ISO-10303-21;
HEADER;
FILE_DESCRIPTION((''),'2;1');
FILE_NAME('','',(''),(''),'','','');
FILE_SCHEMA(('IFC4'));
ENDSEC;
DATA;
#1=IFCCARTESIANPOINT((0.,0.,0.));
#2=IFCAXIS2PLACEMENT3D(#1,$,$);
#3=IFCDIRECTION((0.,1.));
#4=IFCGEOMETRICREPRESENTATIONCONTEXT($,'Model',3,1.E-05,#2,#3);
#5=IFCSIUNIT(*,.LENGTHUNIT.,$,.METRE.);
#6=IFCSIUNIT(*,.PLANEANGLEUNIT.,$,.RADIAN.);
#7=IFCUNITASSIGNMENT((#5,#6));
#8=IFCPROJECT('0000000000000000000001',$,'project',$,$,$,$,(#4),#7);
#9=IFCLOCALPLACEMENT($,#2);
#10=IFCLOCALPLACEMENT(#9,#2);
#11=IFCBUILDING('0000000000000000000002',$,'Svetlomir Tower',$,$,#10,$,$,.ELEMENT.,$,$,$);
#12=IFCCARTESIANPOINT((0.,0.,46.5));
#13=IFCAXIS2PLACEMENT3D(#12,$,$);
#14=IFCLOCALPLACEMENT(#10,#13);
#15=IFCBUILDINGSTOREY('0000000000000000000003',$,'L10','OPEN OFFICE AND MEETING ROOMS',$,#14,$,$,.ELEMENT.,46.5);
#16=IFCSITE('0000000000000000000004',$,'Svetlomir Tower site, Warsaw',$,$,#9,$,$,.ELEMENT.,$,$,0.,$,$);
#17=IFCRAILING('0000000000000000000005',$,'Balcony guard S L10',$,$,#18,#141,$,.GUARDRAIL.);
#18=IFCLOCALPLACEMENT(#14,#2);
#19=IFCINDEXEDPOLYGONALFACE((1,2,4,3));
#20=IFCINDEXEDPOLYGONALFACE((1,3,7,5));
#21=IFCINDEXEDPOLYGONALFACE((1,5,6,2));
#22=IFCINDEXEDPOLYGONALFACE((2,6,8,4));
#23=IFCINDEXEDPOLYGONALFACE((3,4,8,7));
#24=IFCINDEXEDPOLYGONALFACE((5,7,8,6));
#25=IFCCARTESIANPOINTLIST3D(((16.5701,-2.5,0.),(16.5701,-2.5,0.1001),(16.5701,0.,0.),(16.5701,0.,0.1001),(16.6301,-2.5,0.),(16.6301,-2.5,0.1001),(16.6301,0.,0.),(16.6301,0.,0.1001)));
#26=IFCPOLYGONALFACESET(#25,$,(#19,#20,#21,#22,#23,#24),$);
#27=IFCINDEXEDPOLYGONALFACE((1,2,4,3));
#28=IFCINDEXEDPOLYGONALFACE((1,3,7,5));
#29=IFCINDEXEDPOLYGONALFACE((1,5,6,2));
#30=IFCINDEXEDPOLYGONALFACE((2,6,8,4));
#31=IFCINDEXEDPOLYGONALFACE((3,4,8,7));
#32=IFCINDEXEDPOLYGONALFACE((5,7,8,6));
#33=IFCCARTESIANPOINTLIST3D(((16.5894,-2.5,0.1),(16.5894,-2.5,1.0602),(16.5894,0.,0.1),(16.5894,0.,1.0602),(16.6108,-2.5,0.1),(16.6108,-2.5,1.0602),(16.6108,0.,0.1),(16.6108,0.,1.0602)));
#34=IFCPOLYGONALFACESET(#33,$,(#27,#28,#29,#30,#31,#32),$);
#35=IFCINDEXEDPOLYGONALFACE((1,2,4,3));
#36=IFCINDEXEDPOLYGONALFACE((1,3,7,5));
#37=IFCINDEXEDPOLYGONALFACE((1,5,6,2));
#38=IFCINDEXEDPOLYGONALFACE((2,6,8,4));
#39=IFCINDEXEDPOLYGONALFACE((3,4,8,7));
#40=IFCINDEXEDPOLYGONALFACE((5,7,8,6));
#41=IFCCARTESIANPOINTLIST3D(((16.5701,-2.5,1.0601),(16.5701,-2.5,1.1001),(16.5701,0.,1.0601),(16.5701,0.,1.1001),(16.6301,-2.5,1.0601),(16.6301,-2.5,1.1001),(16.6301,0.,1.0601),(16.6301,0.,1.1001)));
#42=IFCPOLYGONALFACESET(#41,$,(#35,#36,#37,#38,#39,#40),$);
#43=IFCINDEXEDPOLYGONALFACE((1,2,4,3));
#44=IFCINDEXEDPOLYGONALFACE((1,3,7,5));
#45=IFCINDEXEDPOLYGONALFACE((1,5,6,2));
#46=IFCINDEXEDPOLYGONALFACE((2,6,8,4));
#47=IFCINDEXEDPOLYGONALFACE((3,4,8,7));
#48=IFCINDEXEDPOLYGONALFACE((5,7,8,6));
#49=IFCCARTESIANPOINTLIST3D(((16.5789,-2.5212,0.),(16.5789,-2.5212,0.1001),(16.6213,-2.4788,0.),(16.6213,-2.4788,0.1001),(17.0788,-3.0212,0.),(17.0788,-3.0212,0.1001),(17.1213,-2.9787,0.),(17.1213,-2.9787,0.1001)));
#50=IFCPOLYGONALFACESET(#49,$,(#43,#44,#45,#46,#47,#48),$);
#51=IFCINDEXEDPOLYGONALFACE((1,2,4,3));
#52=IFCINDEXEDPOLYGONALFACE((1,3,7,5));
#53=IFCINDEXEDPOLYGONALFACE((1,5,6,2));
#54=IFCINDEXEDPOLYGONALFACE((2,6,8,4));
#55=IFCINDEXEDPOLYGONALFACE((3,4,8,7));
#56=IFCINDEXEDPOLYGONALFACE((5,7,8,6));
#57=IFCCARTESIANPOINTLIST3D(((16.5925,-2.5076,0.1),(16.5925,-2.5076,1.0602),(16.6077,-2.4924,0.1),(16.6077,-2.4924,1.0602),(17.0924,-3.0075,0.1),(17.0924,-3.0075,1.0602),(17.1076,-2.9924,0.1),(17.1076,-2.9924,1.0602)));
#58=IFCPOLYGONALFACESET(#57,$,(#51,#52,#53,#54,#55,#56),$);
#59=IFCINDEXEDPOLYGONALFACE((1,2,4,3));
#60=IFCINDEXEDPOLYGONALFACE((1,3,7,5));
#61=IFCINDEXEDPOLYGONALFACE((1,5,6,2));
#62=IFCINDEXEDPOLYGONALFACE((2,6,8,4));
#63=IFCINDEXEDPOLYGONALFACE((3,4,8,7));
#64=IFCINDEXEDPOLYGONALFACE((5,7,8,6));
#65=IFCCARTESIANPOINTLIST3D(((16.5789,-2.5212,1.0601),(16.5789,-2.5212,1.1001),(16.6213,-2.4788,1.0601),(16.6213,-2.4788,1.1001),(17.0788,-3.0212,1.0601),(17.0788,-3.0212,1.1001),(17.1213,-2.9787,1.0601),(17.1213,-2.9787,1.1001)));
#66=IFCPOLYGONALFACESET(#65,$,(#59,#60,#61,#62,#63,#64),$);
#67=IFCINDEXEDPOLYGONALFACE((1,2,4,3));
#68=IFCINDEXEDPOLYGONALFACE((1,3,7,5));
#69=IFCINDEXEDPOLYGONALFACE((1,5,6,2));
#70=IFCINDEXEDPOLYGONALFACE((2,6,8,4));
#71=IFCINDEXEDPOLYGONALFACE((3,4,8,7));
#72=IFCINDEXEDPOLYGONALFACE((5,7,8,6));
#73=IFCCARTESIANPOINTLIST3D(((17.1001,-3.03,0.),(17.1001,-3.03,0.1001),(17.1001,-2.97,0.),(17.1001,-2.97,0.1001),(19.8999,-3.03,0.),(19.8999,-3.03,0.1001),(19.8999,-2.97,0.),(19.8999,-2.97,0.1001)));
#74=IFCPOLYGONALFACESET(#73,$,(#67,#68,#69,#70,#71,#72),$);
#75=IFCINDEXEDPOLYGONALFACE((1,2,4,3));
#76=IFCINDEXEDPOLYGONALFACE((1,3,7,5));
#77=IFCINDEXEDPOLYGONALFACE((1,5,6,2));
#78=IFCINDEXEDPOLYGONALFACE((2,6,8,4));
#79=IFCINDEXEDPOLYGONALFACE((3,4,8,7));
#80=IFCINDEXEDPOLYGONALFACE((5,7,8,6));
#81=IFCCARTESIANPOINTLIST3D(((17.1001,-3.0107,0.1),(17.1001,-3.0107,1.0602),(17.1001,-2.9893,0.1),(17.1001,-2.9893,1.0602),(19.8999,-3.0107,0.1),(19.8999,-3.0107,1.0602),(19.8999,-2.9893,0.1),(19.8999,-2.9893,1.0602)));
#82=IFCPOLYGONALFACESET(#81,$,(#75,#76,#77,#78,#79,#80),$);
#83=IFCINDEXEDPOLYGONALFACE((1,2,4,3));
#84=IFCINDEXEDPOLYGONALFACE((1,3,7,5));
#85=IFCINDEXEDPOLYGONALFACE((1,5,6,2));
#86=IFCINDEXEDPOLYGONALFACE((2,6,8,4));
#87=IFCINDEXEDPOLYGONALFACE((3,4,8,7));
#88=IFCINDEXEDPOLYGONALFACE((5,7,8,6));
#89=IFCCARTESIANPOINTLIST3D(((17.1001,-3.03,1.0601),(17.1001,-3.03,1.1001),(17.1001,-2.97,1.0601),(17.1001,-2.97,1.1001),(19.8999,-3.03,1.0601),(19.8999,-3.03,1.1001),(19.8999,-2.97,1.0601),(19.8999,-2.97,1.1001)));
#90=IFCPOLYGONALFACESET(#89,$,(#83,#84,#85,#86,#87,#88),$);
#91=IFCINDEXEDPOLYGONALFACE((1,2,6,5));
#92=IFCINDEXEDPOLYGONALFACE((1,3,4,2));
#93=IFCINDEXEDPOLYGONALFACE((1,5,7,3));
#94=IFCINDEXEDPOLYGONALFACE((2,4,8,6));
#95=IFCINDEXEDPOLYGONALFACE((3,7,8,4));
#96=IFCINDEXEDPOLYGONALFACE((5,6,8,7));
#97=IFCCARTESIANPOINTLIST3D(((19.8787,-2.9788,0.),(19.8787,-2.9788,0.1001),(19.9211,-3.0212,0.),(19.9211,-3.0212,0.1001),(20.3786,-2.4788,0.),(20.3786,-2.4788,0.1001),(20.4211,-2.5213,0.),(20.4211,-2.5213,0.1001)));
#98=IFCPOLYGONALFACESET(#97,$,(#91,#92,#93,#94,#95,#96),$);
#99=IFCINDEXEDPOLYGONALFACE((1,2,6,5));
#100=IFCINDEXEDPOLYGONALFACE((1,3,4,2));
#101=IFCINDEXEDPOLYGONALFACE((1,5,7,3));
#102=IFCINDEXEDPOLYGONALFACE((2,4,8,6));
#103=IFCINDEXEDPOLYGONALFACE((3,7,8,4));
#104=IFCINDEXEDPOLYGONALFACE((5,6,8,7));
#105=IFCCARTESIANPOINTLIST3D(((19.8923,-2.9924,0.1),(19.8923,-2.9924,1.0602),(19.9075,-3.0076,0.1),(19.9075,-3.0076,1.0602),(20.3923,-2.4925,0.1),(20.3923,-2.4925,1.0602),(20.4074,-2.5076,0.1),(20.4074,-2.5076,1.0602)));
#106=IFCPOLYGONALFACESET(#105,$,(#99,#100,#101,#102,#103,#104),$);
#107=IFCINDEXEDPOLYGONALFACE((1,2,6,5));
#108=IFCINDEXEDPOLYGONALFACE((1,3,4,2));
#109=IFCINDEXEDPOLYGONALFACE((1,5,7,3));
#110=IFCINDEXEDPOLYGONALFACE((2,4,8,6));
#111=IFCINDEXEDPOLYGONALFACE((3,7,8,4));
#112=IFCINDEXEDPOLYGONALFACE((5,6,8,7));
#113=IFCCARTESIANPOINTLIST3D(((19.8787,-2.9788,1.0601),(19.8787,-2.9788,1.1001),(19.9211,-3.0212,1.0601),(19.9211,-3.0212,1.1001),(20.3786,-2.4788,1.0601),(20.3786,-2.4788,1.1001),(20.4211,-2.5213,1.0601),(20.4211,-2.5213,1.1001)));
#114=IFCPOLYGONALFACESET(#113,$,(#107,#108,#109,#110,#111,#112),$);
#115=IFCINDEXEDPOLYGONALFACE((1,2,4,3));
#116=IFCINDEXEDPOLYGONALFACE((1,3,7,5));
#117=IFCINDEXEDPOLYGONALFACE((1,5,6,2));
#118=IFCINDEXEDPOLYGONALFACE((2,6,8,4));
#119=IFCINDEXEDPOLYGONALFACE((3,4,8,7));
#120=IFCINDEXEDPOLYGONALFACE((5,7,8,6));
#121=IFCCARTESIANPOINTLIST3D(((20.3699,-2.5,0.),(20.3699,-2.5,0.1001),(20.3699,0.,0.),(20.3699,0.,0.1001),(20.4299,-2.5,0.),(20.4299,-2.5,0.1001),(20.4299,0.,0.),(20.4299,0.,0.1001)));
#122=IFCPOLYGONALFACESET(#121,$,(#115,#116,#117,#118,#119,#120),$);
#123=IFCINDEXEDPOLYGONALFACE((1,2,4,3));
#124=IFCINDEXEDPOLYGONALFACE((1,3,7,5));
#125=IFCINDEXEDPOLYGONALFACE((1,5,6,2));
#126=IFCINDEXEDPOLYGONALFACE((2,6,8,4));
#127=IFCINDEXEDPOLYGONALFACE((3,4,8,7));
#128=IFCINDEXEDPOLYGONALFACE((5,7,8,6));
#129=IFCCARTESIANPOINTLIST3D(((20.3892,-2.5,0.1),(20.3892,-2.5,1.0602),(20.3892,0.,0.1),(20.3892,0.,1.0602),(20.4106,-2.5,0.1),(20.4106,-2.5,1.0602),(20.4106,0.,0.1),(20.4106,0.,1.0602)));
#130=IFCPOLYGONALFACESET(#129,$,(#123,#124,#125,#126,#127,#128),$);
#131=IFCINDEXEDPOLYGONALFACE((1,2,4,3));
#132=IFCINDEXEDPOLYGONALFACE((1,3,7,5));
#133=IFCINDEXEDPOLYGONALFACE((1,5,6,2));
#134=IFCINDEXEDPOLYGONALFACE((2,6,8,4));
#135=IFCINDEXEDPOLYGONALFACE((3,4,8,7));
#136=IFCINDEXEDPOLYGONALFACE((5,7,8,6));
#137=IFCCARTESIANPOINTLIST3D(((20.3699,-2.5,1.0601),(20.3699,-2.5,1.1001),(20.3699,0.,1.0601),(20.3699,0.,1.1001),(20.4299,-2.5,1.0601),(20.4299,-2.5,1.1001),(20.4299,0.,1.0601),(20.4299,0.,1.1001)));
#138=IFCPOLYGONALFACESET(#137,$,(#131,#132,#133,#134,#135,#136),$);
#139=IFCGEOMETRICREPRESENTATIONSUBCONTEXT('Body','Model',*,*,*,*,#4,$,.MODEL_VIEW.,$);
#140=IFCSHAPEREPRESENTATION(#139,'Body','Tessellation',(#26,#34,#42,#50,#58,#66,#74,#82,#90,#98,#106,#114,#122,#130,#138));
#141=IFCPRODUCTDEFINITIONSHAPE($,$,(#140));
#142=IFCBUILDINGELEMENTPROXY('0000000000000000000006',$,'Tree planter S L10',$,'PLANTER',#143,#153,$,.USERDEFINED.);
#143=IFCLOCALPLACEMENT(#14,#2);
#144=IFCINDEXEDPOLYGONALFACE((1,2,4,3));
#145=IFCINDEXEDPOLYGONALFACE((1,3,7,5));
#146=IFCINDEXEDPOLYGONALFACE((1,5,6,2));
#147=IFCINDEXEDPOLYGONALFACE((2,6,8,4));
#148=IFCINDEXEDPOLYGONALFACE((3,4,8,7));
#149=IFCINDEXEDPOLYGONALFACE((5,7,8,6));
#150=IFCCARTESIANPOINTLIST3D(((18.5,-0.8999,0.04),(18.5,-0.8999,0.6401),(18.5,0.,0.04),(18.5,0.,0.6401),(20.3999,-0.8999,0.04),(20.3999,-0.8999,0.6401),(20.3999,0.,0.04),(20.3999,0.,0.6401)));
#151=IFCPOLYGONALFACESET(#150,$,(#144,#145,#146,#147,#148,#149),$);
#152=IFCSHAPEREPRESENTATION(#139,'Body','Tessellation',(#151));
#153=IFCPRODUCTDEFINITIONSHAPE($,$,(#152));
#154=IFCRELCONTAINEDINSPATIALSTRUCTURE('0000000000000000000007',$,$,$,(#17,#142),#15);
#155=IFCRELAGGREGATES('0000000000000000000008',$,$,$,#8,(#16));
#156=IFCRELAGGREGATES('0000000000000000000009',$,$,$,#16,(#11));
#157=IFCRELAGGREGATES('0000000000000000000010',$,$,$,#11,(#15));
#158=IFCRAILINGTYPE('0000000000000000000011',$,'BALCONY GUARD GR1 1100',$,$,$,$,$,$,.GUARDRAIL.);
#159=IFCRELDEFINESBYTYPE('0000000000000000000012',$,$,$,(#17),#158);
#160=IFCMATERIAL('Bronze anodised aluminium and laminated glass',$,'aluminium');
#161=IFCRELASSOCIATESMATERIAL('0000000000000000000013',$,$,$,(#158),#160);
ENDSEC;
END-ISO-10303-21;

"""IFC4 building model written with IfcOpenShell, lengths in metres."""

from ifc_helpers import new_model, si_unit, direction, frame, origin, origin_2d, place, context, subcontext, project, spatial, rectangle, extrude, material, type_object, element, save


model = new_model("IFC4")

# Units and contexts
model_context = context("Model", 3, precision=1e-05, world=origin(), true_north=direction((0.0, 1.0)))
body_context = subcontext(model_context, "Body", "Model", "MODEL_VIEW")
ifc_project = project(units=[si_unit("LENGTHUNIT", "METRE"), si_unit("PLANEANGLEUNIT", "RADIAN")], contexts=[model_context])

# Site, building, storey
site_placement = place(None, origin())
site = spatial("IfcSite", under=ifc_project, at=site_placement, Name="Svetlomir Tower site, Warsaw", CompositionType="ELEMENT", RefElevation=0.0)
building_placement = place(site_placement, origin())
building = spatial("IfcBuilding", under=site, at=building_placement, Name="Svetlomir Tower", CompositionType="ELEMENT")
storey_placement = place(building_placement, frame((0.0, 0.0, 46.5)))
storey = spatial("IfcBuildingStorey", under=building, at=storey_placement, Name="L10", Description="OPEN OFFICE AND MEETING ROOMS", CompositionType="ELEMENT", Elevation=46.5)

# Railing
ifc_material_1 = material(Name="Bronze anodised aluminium and laminated glass", Category="aluminium")
railing_type = type_object("IfcRailingType", Name="BALCONY GUARD GR1 1100", PredefinedType="GUARDRAIL", material=ifc_material_1)
railing_placement = place(storey_placement, frame((16.6001, 0.0, 0.0)))
element("IfcRailing", 1, at=railing_placement, inside=storey, type_object=railing_type, Name="Balcony guard S L10", PredefinedType="GUARDRAIL", context=body_context, shape_type="SweptSolid", body=[
    extrude(rectangle(XDim=0.0601, YDim=0.1001, at=origin_2d()), frame((0.0, 0.0, 0.05), z_axis=(0.0, -1.0, 0.0), x_axis=(1.0, 0.0, 0.0)), (0.0, 0.0, 1.0), 2.5),
    extrude(rectangle(XDim=0.0215, YDim=0.9602, at=origin_2d()), frame((0.0, 0.0, 0.5801), z_axis=(0.0, -1.0, 0.0), x_axis=(1.0, 0.0, 0.0)), (0.0, 0.0, 1.0), 2.5),
    extrude(rectangle(XDim=0.0601, YDim=0.04, at=origin_2d()), frame((0.0, 0.0, 1.0801), z_axis=(0.0, -1.0, 0.0), x_axis=(1.0, 0.0, 0.0)), (0.0, 0.0, 1.0), 2.5),
    extrude(rectangle(XDim=0.0601, YDim=0.1001, at=origin_2d()), frame((0.0, -2.5, 0.05), z_axis=(0.707107, -0.707107, 0.0), x_axis=(0.707107, 0.707107, 0.0)), (0.0, 0.0, 1.0), 0.707),
    extrude(rectangle(XDim=0.0215, YDim=0.9602, at=origin_2d()), frame((0.0, -2.5, 0.5801), z_axis=(0.707107, -0.707107, 0.0), x_axis=(0.707107, 0.707107, 0.0)), (0.0, 0.0, 1.0), 0.707),
    extrude(rectangle(XDim=0.0601, YDim=0.04, at=origin_2d()), frame((0.0, -2.5, 1.0801), z_axis=(0.707107, -0.707107, 0.0), x_axis=(0.707107, 0.707107, 0.0)), (0.0, 0.0, 1.0), 0.707),
    extrude(rectangle(XDim=0.0601, YDim=0.1001, at=origin_2d()), frame((0.5, -3.0, 0.05), z_axis=(1.0, 0.0, 0.0), x_axis=(0.0, 1.0, 0.0)), (0.0, 0.0, 1.0), 2.7998),
    extrude(rectangle(XDim=0.0215, YDim=0.9602, at=origin_2d()), frame((0.5, -3.0, 0.5801), z_axis=(1.0, 0.0, 0.0), x_axis=(0.0, 1.0, 0.0)), (0.0, 0.0, 1.0), 2.7998),
    extrude(rectangle(XDim=0.0601, YDim=0.04, at=origin_2d()), frame((0.5, -3.0, 1.0801), z_axis=(1.0, 0.0, 0.0), x_axis=(0.0, 1.0, 0.0)), (0.0, 0.0, 1.0), 2.7998),
    extrude(rectangle(XDim=0.0601, YDim=0.1001, at=origin_2d()), frame((3.2998, -3.0, 0.05), z_axis=(0.707107, 0.707107, 0.0), x_axis=(-0.707107, 0.707107, 0.0)), (0.0, 0.0, 1.0), 0.707),
    extrude(rectangle(XDim=0.0215, YDim=0.9602, at=origin_2d()), frame((3.2998, -3.0, 0.5801), z_axis=(0.707107, 0.707107, 0.0), x_axis=(-0.707107, 0.707107, 0.0)), (0.0, 0.0, 1.0), 0.707),
    extrude(rectangle(XDim=0.0601, YDim=0.04, at=origin_2d()), frame((3.2998, -3.0, 1.0801), z_axis=(0.707107, 0.707107, 0.0), x_axis=(-0.707107, 0.707107, 0.0)), (0.0, 0.0, 1.0), 0.707),
    extrude(rectangle(XDim=0.0601, YDim=0.1001, at=origin_2d()), frame((3.7998, -2.5, 0.05), z_axis=(0.0, 1.0, 0.0), x_axis=(-1.0, 0.0, 0.0)), (0.0, 0.0, 1.0), 2.5),
    extrude(rectangle(XDim=0.0215, YDim=0.9602, at=origin_2d()), frame((3.7998, -2.5, 0.5801), z_axis=(0.0, 1.0, 0.0), x_axis=(-1.0, 0.0, 0.0)), (0.0, 0.0, 1.0), 2.5),
    extrude(rectangle(XDim=0.0601, YDim=0.04, at=origin_2d()), frame((3.7998, -2.5, 1.0801), z_axis=(0.0, 1.0, 0.0), x_axis=(-1.0, 0.0, 0.0)), (0.0, 0.0, 1.0), 2.5),
])

# Building element proxy
proxy_placement = place(storey_placement, frame((19.45, -0.45, 0.04), z_axis=(0.0, 0.0, 1.0), x_axis=(1.0, 0.0, 0.0)))
element("IfcBuildingElementProxy", 2, at=proxy_placement, inside=storey, Name="Tree planter S L10", ObjectType="PLANTER", PredefinedType="USERDEFINED", context=body_context, shape_type="SweptSolid", body=[
    extrude(rectangle(XDim=1.8999, YDim=0.8999, at=origin_2d()), origin(), (0.0, 0.0, 1.0), 0.6001),
])

save(model, "model.ifc")
